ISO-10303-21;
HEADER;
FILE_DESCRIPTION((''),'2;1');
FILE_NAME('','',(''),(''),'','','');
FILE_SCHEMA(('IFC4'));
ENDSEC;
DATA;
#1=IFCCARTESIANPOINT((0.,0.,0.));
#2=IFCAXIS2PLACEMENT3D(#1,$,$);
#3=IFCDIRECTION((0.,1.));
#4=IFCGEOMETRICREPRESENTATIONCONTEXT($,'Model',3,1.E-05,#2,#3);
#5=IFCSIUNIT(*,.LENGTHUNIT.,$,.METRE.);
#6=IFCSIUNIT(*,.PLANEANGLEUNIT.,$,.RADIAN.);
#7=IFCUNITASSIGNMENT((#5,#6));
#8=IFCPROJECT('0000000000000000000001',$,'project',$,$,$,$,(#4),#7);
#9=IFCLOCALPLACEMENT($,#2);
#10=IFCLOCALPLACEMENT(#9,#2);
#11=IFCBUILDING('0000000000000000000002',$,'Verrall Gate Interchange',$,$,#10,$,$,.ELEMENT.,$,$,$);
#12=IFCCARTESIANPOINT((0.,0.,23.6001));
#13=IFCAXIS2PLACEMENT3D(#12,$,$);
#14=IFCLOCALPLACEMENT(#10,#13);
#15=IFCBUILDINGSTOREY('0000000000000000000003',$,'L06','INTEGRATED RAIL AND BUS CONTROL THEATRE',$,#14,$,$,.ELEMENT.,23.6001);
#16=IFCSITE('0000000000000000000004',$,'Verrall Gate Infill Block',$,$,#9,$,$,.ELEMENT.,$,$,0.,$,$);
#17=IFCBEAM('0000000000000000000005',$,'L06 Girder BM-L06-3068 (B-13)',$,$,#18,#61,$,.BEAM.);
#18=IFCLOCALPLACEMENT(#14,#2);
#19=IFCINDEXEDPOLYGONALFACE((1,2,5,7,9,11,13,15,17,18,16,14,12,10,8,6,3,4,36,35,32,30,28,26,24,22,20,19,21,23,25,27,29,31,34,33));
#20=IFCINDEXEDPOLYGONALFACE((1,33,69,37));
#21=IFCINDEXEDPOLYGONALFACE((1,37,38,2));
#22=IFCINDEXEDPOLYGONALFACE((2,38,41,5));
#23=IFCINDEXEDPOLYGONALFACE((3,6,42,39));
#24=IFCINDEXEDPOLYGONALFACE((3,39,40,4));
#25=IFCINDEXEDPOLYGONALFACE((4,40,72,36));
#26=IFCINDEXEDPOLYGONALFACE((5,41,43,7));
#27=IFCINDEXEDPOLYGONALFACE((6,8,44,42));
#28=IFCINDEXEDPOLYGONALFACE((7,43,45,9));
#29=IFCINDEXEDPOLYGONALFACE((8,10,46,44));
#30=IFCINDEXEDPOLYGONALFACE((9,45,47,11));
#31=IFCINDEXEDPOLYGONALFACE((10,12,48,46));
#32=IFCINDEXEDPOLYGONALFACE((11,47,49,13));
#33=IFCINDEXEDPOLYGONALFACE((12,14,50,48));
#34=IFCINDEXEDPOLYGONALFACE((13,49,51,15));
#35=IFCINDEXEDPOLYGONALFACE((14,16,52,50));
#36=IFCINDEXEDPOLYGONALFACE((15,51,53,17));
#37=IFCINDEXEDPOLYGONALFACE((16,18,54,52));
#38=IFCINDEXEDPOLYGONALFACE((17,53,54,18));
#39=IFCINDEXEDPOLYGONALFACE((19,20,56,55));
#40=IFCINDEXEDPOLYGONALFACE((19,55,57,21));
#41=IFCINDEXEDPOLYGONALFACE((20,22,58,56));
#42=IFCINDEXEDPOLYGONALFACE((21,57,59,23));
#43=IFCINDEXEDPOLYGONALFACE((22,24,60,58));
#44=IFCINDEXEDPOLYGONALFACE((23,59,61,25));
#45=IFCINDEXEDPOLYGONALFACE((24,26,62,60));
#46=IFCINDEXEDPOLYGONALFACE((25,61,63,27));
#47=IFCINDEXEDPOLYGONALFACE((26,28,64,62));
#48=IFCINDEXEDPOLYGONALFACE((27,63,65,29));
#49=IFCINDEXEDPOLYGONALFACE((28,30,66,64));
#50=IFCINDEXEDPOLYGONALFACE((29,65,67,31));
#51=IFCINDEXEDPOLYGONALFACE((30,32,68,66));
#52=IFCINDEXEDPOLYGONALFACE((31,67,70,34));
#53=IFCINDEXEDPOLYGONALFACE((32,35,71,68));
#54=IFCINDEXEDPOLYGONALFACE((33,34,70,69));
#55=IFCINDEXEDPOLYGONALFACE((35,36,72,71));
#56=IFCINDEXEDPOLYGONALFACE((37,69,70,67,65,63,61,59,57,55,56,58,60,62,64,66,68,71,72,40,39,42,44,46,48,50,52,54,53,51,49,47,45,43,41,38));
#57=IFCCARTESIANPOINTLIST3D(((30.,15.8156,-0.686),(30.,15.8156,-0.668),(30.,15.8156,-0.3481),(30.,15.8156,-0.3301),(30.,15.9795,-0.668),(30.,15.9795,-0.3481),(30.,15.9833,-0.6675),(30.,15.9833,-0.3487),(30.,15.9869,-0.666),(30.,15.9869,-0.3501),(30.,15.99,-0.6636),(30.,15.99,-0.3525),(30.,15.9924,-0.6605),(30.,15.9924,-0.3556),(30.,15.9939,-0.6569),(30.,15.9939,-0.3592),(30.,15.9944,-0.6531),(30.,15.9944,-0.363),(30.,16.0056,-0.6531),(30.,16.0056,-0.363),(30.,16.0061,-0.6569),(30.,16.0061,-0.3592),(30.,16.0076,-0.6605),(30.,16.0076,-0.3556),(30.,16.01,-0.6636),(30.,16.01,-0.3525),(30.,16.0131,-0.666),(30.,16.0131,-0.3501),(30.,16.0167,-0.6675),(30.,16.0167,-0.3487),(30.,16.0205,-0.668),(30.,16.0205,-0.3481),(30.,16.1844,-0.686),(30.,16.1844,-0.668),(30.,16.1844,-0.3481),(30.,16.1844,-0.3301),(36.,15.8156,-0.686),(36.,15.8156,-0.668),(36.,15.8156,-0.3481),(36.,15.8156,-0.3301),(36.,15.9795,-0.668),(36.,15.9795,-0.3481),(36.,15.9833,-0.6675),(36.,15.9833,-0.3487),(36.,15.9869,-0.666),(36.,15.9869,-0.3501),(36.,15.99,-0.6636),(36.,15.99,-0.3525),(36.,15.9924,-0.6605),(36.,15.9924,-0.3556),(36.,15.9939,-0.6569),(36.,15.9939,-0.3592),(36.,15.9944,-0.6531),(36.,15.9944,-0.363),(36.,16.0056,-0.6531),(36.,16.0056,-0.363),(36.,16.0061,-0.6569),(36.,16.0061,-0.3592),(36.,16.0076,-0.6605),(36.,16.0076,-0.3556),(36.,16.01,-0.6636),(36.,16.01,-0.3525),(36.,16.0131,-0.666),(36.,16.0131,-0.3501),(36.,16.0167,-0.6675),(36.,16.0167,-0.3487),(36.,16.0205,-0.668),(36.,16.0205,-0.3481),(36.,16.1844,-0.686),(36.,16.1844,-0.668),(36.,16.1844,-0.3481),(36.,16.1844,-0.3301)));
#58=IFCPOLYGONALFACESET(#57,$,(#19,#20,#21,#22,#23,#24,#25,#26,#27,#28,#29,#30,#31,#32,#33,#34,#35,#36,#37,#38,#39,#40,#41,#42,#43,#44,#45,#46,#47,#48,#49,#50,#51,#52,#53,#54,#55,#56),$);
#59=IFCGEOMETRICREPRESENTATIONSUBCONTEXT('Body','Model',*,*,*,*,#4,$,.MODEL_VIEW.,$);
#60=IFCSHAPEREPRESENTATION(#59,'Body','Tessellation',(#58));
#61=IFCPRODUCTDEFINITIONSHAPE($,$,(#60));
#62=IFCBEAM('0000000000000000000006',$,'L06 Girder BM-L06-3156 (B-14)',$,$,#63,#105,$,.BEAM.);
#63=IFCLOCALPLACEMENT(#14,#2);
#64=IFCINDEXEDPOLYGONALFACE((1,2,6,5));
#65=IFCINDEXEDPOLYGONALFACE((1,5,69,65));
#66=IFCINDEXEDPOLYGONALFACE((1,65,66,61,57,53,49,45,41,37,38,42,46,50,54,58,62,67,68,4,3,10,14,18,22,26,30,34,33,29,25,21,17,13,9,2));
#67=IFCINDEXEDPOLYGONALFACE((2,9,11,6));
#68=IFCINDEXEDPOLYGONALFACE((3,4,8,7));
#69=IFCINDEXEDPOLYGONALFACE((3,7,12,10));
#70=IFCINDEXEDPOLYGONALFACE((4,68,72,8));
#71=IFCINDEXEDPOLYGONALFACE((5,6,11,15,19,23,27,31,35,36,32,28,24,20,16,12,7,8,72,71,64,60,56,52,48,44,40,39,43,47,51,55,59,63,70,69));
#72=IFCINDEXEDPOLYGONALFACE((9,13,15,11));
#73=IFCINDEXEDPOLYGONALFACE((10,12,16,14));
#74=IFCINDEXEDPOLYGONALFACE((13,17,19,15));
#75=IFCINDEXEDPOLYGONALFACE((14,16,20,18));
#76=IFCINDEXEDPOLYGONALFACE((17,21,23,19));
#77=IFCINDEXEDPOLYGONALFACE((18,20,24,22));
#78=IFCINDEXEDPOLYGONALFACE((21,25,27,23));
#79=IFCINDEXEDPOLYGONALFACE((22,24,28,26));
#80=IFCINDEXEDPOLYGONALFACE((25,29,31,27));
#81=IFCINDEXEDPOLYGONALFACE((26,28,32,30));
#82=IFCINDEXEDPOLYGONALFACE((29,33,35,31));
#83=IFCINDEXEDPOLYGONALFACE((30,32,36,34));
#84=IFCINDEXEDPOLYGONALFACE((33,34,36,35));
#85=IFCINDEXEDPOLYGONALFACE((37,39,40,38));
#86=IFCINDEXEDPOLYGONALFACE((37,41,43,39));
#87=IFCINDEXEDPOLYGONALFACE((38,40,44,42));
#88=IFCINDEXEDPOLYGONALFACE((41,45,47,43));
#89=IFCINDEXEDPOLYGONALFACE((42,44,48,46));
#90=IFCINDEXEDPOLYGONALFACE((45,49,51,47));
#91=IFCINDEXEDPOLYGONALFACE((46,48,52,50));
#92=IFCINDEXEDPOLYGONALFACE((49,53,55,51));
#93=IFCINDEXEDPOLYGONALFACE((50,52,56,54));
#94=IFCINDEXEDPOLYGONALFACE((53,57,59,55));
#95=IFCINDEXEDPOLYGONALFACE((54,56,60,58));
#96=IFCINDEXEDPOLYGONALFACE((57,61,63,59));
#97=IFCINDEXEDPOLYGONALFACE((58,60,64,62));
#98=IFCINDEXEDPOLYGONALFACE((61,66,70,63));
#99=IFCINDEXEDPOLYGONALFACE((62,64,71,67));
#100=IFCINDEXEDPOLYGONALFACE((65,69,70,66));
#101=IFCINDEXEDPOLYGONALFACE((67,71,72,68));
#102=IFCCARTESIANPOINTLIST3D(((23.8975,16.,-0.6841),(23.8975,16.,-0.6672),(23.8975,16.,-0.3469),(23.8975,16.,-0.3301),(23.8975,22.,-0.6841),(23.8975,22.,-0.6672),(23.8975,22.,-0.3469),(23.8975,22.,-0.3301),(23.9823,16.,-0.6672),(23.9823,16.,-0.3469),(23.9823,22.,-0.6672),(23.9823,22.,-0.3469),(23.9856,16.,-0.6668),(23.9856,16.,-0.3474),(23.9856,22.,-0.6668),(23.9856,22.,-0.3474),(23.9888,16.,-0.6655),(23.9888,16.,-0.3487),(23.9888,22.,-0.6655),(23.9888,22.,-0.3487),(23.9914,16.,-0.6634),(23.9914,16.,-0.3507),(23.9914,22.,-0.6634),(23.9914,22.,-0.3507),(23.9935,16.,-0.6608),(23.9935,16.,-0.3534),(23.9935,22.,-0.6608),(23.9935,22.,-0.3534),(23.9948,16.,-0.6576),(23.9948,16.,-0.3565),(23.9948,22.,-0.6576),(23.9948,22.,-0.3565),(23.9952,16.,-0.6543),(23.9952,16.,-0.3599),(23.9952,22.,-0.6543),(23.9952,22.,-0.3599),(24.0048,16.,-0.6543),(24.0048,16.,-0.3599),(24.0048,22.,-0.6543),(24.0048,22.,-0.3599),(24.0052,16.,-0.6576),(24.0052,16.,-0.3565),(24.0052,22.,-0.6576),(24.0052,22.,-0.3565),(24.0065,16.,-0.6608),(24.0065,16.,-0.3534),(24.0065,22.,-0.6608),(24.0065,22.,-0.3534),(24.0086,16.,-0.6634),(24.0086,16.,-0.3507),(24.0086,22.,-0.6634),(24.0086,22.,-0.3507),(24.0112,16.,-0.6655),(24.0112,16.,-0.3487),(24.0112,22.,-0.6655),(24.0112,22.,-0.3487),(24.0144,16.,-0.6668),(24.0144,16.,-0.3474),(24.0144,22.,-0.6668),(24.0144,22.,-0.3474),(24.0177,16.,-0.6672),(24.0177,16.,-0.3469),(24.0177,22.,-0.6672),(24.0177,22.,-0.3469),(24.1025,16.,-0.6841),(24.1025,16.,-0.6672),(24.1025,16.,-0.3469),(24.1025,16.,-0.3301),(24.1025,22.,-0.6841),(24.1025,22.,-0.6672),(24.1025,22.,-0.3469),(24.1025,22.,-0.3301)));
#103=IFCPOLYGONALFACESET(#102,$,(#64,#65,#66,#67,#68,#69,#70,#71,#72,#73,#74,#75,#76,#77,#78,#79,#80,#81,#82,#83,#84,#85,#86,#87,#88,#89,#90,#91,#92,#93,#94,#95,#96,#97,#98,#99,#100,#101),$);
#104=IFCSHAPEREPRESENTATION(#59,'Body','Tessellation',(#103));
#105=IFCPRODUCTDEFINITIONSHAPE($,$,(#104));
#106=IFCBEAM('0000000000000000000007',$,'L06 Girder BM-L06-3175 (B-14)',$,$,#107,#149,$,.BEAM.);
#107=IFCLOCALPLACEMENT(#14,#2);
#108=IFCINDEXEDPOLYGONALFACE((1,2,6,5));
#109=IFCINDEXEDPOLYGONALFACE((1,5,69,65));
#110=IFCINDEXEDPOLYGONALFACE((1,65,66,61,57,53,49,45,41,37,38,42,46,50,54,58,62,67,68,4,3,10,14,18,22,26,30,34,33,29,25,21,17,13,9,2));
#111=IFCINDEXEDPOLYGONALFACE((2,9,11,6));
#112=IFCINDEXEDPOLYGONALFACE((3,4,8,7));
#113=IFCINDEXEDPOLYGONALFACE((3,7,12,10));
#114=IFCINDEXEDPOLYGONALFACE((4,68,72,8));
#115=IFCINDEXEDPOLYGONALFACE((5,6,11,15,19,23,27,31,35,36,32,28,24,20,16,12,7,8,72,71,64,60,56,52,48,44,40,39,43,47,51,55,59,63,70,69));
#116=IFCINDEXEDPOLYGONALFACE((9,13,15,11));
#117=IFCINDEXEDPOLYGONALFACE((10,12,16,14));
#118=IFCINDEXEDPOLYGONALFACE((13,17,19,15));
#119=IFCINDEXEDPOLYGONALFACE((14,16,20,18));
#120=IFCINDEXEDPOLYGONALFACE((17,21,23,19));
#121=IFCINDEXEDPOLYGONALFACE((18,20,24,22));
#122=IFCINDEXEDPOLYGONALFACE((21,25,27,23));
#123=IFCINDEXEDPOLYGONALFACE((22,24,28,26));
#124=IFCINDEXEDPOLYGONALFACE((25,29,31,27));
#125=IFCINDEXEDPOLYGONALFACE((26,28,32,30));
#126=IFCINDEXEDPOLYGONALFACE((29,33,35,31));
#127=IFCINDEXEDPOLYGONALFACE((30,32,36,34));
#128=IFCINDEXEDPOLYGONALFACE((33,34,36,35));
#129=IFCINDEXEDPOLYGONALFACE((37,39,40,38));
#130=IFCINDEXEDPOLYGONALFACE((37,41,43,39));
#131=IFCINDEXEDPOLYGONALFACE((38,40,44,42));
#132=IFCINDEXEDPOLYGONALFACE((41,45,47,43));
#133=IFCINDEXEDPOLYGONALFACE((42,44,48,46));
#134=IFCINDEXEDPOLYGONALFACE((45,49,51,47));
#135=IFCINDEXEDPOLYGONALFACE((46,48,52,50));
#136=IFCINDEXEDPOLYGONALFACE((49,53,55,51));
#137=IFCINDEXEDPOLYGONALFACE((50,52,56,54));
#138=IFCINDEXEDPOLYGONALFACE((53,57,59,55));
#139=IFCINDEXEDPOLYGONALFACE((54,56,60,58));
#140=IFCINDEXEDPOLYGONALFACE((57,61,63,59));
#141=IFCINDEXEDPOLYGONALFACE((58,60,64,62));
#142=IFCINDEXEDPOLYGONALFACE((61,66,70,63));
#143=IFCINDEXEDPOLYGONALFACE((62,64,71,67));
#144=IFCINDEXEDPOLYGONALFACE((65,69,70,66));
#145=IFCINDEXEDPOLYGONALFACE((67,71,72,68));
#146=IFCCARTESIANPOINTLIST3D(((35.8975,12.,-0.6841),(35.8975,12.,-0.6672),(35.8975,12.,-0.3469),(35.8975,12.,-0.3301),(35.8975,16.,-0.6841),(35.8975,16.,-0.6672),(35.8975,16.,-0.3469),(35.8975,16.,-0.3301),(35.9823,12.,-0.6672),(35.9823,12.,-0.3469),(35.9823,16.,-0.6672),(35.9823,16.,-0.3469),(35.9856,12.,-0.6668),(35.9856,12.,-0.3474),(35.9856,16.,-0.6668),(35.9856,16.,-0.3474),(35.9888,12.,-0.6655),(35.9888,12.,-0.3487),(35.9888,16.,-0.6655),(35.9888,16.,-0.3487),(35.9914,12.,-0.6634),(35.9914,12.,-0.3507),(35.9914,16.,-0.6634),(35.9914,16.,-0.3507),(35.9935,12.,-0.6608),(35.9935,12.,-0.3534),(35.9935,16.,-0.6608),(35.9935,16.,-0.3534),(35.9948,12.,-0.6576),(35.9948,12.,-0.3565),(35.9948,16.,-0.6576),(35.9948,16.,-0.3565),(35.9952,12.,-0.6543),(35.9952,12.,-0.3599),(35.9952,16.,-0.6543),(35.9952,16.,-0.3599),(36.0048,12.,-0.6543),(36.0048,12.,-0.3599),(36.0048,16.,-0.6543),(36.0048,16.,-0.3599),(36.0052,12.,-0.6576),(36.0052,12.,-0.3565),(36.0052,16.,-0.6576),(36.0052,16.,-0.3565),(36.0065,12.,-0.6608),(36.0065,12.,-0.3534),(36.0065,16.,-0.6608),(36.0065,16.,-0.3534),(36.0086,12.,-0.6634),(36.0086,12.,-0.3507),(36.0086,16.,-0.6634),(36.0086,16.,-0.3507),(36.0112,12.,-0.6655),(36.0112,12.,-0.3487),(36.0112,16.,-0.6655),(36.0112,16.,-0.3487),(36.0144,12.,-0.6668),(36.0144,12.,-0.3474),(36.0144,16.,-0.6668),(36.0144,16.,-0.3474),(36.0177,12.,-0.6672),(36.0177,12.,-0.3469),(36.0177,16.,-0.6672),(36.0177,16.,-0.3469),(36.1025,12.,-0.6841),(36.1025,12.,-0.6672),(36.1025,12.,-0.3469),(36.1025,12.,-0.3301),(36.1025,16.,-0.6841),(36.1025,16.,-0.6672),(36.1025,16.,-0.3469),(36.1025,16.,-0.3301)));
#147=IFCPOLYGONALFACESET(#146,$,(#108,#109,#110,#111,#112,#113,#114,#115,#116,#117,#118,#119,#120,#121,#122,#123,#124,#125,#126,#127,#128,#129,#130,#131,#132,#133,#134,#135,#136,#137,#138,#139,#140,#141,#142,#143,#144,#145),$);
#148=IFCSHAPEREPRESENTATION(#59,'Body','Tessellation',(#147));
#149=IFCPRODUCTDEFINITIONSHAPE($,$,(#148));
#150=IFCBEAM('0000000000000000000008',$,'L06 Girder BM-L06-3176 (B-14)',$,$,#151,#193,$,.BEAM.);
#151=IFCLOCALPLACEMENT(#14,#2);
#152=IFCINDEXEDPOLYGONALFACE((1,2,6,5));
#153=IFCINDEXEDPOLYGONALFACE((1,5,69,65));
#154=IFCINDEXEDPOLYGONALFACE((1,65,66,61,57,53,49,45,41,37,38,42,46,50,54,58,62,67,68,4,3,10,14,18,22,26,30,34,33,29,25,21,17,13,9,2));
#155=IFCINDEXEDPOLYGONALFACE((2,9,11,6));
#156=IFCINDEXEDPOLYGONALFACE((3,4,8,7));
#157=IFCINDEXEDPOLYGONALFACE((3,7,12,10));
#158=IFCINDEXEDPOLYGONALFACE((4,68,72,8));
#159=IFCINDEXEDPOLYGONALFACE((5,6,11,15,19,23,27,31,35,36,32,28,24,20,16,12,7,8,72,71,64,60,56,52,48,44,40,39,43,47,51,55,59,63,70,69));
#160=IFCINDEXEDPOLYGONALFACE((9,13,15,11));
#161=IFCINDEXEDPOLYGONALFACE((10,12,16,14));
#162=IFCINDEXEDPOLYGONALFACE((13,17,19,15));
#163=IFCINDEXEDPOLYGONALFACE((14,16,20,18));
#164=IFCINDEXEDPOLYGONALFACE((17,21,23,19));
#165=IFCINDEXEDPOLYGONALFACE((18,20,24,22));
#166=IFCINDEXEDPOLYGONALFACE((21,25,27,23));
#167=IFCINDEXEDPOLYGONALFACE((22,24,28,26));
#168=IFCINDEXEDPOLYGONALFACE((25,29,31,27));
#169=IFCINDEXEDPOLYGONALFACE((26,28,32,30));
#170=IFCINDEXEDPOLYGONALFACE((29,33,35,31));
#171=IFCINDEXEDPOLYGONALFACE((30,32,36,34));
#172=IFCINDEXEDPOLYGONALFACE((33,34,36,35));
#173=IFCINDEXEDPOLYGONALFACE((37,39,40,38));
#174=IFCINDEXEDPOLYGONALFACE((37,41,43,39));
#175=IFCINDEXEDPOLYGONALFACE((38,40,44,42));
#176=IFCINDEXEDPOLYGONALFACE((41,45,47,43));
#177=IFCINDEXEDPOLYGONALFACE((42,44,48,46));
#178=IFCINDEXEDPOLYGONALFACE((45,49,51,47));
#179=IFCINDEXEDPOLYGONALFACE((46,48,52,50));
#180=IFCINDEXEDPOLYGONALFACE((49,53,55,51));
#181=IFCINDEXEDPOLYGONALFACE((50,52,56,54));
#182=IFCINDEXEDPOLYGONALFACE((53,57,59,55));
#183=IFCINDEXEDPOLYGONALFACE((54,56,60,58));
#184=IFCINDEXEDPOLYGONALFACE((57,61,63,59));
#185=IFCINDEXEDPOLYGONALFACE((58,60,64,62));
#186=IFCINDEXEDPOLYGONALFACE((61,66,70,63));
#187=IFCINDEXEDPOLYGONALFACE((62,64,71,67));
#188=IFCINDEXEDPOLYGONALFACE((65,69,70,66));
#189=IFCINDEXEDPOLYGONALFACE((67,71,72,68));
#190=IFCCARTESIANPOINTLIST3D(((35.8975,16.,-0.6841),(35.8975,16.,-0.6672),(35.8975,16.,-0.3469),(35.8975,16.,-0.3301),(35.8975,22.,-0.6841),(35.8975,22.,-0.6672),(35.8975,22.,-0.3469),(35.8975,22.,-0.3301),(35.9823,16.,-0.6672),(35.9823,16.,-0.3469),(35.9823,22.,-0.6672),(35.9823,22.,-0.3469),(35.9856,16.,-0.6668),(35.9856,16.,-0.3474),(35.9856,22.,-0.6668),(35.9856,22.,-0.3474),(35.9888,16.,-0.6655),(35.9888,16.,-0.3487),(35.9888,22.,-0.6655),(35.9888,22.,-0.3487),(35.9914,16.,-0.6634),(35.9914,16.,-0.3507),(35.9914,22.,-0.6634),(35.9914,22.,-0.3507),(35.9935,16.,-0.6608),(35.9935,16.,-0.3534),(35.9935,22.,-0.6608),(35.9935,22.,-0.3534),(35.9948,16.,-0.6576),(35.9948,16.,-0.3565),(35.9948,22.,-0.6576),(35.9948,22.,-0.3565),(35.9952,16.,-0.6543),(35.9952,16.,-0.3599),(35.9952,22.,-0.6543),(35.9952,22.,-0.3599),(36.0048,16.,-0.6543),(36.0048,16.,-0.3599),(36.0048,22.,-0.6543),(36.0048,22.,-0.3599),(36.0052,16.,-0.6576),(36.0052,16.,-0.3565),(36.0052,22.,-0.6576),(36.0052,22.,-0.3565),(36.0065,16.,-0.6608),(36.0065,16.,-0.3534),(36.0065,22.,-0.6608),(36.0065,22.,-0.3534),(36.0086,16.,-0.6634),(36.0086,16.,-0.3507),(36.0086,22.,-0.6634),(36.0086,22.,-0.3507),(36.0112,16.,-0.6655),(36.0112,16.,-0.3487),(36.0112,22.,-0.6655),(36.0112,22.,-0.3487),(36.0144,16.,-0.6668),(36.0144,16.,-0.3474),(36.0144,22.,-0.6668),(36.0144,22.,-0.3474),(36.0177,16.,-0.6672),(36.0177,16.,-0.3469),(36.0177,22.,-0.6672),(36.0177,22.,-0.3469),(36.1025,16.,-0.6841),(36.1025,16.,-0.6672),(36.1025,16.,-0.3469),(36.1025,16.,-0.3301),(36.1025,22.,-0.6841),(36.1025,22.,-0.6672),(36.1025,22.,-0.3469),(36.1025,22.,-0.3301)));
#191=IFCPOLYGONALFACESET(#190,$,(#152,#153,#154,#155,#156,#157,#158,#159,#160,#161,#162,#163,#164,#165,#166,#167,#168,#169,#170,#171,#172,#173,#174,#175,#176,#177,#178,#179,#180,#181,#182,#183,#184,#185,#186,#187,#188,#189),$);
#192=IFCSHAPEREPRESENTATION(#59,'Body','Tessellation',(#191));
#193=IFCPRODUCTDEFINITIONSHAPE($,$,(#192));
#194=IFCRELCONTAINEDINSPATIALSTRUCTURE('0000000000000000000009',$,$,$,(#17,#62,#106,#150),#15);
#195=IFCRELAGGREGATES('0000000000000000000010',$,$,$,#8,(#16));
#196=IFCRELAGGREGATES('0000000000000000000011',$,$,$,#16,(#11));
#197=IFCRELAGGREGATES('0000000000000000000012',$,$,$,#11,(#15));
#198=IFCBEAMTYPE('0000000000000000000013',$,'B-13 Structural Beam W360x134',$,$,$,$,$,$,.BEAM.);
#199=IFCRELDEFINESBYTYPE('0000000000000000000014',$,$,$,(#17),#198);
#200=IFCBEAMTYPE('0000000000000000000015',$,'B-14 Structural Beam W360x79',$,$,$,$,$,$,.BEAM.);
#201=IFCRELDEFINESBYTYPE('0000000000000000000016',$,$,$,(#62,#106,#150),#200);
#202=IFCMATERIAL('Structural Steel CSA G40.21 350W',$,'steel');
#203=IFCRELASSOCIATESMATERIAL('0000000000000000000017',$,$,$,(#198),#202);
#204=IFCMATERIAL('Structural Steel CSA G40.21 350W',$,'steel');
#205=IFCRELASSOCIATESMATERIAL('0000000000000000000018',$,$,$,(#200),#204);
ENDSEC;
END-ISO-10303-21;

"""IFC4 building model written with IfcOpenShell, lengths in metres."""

from ifc_helpers import new_model, si_unit, direction, frame, origin, origin_2d, place, context, subcontext, project, spatial, i_section, extrude, material, material_profile, profile_set, type_object, element, save


model = new_model("IFC4")

# Units and contexts
model_context = context("Model", 3, precision=1e-05, world=origin(), true_north=direction((0.0, 1.0)))
body_context = subcontext(model_context, "Body", "Model", "MODEL_VIEW")
ifc_project = project(units=[si_unit("LENGTHUNIT", "METRE"), si_unit("PLANEANGLEUNIT", "RADIAN")], contexts=[model_context])

# Site, building, storey
site_placement = place(None, origin())
site = spatial("IfcSite", under=ifc_project, at=site_placement, Name="Verrall Gate Infill Block", CompositionType="ELEMENT", RefElevation=0.0)
building_placement = place(site_placement, origin())
building = spatial("IfcBuilding", under=site, at=building_placement, Name="Verrall Gate Interchange", CompositionType="ELEMENT")
storey_placement = place(building_placement, frame((0.0, 0.0, 23.6001)))
storey = spatial("IfcBuildingStorey", under=building, at=storey_placement, Name="L06", Description="INTEGRATED RAIL AND BUS CONTROL THEATRE", CompositionType="ELEMENT", Elevation=23.6001)

# Beams
ifc_material_1 = material(Name="Structural Steel CSA G40.21 350W", Category="steel")
ifc_material_profile_1 = material_profile(ifc_material_1, i_section(OverallWidth=0.3689, OverallDepth=0.356, WebThickness=0.0112, FlangeThickness=0.0181, FilletRadius=0.0149, at=origin_2d()), Name="W360x134")
ifc_profile_set_1 = profile_set([ifc_material_profile_1], Name="Structural Steel CSA G40.21 350W")
beam_type_1 = type_object("IfcBeamType", Name="B-13 Structural Beam W360x134", PredefinedType="BEAM", material=ifc_profile_set_1)
beam_1_placement = place(storey_placement, frame((30.0, 16.0, -0.5081), z_axis=(1.0, 0.0, 0.0), x_axis=(0.0, 1.0, 0.0)))
element("IfcBeam", 1, at=beam_1_placement, inside=storey, type_object=beam_type_1, Name="L06 Girder BM-L06-3068 (B-13)", PredefinedType="BEAM", context=body_context, shape_type="SweptSolid", body=[
    extrude(i_section(OverallWidth=0.3689, OverallDepth=0.356, WebThickness=0.0112, FlangeThickness=0.0181, FilletRadius=0.0149, at=origin_2d()), origin(), (0.0, 0.0, 1.0), 6.0),
])
ifc_material_2 = material(Name="Structural Steel CSA G40.21 350W", Category="steel")
ifc_material_profile_2 = material_profile(ifc_material_2, i_section(OverallWidth=0.2051, OverallDepth=0.354, WebThickness=0.0095, FlangeThickness=0.0168, FilletRadius=0.0129, at=origin_2d()), Name="W360x79")
ifc_profile_set_2 = profile_set([ifc_material_profile_2], Name="Structural Steel CSA G40.21 350W")
beam_type_2 = type_object("IfcBeamType", Name="B-14 Structural Beam W360x79", PredefinedType="BEAM", material=ifc_profile_set_2)
beam_2_placement = place(storey_placement, frame((24.0, 16.0, -0.5071), z_axis=(0.0, 1.0, 0.0), x_axis=(-1.0, 0.0, 0.0)))
element("IfcBeam", 2, at=beam_2_placement, inside=storey, type_object=beam_type_2, Name="L06 Girder BM-L06-3156 (B-14)", PredefinedType="BEAM", context=body_context, shape_type="SweptSolid", body=[
    extrude(i_section(OverallWidth=0.2051, OverallDepth=0.354, WebThickness=0.0095, FlangeThickness=0.0168, FilletRadius=0.0129, at=origin_2d()), origin(), (0.0, 0.0, 1.0), 6.0),
])
beam_3_placement = place(storey_placement, frame((36.0, 12.0, -0.5071), z_axis=(0.0, 1.0, 0.0), x_axis=(-1.0, 0.0, 0.0)))
element("IfcBeam", 3, at=beam_3_placement, inside=storey, type_object=beam_type_2, Name="L06 Girder BM-L06-3175 (B-14)", PredefinedType="BEAM", context=body_context, shape_type="SweptSolid", body=[
    extrude(i_section(OverallWidth=0.2051, OverallDepth=0.354, WebThickness=0.0095, FlangeThickness=0.0168, FilletRadius=0.0129, at=origin_2d()), origin(), (0.0, 0.0, 1.0), 4.0),
])
beam_4_placement = place(storey_placement, frame((36.0, 16.0, -0.5071), z_axis=(0.0, 1.0, 0.0), x_axis=(-1.0, 0.0, 0.0)))
element("IfcBeam", 4, at=beam_4_placement, inside=storey, type_object=beam_type_2, Name="L06 Girder BM-L06-3176 (B-14)", PredefinedType="BEAM", context=body_context, shape_type="SweptSolid", body=[
    extrude(i_section(OverallWidth=0.2051, OverallDepth=0.354, WebThickness=0.0095, FlangeThickness=0.0168, FilletRadius=0.0129, at=origin_2d()), origin(), (0.0, 0.0, 1.0), 6.0),
])

save(model, "model.ifc")
